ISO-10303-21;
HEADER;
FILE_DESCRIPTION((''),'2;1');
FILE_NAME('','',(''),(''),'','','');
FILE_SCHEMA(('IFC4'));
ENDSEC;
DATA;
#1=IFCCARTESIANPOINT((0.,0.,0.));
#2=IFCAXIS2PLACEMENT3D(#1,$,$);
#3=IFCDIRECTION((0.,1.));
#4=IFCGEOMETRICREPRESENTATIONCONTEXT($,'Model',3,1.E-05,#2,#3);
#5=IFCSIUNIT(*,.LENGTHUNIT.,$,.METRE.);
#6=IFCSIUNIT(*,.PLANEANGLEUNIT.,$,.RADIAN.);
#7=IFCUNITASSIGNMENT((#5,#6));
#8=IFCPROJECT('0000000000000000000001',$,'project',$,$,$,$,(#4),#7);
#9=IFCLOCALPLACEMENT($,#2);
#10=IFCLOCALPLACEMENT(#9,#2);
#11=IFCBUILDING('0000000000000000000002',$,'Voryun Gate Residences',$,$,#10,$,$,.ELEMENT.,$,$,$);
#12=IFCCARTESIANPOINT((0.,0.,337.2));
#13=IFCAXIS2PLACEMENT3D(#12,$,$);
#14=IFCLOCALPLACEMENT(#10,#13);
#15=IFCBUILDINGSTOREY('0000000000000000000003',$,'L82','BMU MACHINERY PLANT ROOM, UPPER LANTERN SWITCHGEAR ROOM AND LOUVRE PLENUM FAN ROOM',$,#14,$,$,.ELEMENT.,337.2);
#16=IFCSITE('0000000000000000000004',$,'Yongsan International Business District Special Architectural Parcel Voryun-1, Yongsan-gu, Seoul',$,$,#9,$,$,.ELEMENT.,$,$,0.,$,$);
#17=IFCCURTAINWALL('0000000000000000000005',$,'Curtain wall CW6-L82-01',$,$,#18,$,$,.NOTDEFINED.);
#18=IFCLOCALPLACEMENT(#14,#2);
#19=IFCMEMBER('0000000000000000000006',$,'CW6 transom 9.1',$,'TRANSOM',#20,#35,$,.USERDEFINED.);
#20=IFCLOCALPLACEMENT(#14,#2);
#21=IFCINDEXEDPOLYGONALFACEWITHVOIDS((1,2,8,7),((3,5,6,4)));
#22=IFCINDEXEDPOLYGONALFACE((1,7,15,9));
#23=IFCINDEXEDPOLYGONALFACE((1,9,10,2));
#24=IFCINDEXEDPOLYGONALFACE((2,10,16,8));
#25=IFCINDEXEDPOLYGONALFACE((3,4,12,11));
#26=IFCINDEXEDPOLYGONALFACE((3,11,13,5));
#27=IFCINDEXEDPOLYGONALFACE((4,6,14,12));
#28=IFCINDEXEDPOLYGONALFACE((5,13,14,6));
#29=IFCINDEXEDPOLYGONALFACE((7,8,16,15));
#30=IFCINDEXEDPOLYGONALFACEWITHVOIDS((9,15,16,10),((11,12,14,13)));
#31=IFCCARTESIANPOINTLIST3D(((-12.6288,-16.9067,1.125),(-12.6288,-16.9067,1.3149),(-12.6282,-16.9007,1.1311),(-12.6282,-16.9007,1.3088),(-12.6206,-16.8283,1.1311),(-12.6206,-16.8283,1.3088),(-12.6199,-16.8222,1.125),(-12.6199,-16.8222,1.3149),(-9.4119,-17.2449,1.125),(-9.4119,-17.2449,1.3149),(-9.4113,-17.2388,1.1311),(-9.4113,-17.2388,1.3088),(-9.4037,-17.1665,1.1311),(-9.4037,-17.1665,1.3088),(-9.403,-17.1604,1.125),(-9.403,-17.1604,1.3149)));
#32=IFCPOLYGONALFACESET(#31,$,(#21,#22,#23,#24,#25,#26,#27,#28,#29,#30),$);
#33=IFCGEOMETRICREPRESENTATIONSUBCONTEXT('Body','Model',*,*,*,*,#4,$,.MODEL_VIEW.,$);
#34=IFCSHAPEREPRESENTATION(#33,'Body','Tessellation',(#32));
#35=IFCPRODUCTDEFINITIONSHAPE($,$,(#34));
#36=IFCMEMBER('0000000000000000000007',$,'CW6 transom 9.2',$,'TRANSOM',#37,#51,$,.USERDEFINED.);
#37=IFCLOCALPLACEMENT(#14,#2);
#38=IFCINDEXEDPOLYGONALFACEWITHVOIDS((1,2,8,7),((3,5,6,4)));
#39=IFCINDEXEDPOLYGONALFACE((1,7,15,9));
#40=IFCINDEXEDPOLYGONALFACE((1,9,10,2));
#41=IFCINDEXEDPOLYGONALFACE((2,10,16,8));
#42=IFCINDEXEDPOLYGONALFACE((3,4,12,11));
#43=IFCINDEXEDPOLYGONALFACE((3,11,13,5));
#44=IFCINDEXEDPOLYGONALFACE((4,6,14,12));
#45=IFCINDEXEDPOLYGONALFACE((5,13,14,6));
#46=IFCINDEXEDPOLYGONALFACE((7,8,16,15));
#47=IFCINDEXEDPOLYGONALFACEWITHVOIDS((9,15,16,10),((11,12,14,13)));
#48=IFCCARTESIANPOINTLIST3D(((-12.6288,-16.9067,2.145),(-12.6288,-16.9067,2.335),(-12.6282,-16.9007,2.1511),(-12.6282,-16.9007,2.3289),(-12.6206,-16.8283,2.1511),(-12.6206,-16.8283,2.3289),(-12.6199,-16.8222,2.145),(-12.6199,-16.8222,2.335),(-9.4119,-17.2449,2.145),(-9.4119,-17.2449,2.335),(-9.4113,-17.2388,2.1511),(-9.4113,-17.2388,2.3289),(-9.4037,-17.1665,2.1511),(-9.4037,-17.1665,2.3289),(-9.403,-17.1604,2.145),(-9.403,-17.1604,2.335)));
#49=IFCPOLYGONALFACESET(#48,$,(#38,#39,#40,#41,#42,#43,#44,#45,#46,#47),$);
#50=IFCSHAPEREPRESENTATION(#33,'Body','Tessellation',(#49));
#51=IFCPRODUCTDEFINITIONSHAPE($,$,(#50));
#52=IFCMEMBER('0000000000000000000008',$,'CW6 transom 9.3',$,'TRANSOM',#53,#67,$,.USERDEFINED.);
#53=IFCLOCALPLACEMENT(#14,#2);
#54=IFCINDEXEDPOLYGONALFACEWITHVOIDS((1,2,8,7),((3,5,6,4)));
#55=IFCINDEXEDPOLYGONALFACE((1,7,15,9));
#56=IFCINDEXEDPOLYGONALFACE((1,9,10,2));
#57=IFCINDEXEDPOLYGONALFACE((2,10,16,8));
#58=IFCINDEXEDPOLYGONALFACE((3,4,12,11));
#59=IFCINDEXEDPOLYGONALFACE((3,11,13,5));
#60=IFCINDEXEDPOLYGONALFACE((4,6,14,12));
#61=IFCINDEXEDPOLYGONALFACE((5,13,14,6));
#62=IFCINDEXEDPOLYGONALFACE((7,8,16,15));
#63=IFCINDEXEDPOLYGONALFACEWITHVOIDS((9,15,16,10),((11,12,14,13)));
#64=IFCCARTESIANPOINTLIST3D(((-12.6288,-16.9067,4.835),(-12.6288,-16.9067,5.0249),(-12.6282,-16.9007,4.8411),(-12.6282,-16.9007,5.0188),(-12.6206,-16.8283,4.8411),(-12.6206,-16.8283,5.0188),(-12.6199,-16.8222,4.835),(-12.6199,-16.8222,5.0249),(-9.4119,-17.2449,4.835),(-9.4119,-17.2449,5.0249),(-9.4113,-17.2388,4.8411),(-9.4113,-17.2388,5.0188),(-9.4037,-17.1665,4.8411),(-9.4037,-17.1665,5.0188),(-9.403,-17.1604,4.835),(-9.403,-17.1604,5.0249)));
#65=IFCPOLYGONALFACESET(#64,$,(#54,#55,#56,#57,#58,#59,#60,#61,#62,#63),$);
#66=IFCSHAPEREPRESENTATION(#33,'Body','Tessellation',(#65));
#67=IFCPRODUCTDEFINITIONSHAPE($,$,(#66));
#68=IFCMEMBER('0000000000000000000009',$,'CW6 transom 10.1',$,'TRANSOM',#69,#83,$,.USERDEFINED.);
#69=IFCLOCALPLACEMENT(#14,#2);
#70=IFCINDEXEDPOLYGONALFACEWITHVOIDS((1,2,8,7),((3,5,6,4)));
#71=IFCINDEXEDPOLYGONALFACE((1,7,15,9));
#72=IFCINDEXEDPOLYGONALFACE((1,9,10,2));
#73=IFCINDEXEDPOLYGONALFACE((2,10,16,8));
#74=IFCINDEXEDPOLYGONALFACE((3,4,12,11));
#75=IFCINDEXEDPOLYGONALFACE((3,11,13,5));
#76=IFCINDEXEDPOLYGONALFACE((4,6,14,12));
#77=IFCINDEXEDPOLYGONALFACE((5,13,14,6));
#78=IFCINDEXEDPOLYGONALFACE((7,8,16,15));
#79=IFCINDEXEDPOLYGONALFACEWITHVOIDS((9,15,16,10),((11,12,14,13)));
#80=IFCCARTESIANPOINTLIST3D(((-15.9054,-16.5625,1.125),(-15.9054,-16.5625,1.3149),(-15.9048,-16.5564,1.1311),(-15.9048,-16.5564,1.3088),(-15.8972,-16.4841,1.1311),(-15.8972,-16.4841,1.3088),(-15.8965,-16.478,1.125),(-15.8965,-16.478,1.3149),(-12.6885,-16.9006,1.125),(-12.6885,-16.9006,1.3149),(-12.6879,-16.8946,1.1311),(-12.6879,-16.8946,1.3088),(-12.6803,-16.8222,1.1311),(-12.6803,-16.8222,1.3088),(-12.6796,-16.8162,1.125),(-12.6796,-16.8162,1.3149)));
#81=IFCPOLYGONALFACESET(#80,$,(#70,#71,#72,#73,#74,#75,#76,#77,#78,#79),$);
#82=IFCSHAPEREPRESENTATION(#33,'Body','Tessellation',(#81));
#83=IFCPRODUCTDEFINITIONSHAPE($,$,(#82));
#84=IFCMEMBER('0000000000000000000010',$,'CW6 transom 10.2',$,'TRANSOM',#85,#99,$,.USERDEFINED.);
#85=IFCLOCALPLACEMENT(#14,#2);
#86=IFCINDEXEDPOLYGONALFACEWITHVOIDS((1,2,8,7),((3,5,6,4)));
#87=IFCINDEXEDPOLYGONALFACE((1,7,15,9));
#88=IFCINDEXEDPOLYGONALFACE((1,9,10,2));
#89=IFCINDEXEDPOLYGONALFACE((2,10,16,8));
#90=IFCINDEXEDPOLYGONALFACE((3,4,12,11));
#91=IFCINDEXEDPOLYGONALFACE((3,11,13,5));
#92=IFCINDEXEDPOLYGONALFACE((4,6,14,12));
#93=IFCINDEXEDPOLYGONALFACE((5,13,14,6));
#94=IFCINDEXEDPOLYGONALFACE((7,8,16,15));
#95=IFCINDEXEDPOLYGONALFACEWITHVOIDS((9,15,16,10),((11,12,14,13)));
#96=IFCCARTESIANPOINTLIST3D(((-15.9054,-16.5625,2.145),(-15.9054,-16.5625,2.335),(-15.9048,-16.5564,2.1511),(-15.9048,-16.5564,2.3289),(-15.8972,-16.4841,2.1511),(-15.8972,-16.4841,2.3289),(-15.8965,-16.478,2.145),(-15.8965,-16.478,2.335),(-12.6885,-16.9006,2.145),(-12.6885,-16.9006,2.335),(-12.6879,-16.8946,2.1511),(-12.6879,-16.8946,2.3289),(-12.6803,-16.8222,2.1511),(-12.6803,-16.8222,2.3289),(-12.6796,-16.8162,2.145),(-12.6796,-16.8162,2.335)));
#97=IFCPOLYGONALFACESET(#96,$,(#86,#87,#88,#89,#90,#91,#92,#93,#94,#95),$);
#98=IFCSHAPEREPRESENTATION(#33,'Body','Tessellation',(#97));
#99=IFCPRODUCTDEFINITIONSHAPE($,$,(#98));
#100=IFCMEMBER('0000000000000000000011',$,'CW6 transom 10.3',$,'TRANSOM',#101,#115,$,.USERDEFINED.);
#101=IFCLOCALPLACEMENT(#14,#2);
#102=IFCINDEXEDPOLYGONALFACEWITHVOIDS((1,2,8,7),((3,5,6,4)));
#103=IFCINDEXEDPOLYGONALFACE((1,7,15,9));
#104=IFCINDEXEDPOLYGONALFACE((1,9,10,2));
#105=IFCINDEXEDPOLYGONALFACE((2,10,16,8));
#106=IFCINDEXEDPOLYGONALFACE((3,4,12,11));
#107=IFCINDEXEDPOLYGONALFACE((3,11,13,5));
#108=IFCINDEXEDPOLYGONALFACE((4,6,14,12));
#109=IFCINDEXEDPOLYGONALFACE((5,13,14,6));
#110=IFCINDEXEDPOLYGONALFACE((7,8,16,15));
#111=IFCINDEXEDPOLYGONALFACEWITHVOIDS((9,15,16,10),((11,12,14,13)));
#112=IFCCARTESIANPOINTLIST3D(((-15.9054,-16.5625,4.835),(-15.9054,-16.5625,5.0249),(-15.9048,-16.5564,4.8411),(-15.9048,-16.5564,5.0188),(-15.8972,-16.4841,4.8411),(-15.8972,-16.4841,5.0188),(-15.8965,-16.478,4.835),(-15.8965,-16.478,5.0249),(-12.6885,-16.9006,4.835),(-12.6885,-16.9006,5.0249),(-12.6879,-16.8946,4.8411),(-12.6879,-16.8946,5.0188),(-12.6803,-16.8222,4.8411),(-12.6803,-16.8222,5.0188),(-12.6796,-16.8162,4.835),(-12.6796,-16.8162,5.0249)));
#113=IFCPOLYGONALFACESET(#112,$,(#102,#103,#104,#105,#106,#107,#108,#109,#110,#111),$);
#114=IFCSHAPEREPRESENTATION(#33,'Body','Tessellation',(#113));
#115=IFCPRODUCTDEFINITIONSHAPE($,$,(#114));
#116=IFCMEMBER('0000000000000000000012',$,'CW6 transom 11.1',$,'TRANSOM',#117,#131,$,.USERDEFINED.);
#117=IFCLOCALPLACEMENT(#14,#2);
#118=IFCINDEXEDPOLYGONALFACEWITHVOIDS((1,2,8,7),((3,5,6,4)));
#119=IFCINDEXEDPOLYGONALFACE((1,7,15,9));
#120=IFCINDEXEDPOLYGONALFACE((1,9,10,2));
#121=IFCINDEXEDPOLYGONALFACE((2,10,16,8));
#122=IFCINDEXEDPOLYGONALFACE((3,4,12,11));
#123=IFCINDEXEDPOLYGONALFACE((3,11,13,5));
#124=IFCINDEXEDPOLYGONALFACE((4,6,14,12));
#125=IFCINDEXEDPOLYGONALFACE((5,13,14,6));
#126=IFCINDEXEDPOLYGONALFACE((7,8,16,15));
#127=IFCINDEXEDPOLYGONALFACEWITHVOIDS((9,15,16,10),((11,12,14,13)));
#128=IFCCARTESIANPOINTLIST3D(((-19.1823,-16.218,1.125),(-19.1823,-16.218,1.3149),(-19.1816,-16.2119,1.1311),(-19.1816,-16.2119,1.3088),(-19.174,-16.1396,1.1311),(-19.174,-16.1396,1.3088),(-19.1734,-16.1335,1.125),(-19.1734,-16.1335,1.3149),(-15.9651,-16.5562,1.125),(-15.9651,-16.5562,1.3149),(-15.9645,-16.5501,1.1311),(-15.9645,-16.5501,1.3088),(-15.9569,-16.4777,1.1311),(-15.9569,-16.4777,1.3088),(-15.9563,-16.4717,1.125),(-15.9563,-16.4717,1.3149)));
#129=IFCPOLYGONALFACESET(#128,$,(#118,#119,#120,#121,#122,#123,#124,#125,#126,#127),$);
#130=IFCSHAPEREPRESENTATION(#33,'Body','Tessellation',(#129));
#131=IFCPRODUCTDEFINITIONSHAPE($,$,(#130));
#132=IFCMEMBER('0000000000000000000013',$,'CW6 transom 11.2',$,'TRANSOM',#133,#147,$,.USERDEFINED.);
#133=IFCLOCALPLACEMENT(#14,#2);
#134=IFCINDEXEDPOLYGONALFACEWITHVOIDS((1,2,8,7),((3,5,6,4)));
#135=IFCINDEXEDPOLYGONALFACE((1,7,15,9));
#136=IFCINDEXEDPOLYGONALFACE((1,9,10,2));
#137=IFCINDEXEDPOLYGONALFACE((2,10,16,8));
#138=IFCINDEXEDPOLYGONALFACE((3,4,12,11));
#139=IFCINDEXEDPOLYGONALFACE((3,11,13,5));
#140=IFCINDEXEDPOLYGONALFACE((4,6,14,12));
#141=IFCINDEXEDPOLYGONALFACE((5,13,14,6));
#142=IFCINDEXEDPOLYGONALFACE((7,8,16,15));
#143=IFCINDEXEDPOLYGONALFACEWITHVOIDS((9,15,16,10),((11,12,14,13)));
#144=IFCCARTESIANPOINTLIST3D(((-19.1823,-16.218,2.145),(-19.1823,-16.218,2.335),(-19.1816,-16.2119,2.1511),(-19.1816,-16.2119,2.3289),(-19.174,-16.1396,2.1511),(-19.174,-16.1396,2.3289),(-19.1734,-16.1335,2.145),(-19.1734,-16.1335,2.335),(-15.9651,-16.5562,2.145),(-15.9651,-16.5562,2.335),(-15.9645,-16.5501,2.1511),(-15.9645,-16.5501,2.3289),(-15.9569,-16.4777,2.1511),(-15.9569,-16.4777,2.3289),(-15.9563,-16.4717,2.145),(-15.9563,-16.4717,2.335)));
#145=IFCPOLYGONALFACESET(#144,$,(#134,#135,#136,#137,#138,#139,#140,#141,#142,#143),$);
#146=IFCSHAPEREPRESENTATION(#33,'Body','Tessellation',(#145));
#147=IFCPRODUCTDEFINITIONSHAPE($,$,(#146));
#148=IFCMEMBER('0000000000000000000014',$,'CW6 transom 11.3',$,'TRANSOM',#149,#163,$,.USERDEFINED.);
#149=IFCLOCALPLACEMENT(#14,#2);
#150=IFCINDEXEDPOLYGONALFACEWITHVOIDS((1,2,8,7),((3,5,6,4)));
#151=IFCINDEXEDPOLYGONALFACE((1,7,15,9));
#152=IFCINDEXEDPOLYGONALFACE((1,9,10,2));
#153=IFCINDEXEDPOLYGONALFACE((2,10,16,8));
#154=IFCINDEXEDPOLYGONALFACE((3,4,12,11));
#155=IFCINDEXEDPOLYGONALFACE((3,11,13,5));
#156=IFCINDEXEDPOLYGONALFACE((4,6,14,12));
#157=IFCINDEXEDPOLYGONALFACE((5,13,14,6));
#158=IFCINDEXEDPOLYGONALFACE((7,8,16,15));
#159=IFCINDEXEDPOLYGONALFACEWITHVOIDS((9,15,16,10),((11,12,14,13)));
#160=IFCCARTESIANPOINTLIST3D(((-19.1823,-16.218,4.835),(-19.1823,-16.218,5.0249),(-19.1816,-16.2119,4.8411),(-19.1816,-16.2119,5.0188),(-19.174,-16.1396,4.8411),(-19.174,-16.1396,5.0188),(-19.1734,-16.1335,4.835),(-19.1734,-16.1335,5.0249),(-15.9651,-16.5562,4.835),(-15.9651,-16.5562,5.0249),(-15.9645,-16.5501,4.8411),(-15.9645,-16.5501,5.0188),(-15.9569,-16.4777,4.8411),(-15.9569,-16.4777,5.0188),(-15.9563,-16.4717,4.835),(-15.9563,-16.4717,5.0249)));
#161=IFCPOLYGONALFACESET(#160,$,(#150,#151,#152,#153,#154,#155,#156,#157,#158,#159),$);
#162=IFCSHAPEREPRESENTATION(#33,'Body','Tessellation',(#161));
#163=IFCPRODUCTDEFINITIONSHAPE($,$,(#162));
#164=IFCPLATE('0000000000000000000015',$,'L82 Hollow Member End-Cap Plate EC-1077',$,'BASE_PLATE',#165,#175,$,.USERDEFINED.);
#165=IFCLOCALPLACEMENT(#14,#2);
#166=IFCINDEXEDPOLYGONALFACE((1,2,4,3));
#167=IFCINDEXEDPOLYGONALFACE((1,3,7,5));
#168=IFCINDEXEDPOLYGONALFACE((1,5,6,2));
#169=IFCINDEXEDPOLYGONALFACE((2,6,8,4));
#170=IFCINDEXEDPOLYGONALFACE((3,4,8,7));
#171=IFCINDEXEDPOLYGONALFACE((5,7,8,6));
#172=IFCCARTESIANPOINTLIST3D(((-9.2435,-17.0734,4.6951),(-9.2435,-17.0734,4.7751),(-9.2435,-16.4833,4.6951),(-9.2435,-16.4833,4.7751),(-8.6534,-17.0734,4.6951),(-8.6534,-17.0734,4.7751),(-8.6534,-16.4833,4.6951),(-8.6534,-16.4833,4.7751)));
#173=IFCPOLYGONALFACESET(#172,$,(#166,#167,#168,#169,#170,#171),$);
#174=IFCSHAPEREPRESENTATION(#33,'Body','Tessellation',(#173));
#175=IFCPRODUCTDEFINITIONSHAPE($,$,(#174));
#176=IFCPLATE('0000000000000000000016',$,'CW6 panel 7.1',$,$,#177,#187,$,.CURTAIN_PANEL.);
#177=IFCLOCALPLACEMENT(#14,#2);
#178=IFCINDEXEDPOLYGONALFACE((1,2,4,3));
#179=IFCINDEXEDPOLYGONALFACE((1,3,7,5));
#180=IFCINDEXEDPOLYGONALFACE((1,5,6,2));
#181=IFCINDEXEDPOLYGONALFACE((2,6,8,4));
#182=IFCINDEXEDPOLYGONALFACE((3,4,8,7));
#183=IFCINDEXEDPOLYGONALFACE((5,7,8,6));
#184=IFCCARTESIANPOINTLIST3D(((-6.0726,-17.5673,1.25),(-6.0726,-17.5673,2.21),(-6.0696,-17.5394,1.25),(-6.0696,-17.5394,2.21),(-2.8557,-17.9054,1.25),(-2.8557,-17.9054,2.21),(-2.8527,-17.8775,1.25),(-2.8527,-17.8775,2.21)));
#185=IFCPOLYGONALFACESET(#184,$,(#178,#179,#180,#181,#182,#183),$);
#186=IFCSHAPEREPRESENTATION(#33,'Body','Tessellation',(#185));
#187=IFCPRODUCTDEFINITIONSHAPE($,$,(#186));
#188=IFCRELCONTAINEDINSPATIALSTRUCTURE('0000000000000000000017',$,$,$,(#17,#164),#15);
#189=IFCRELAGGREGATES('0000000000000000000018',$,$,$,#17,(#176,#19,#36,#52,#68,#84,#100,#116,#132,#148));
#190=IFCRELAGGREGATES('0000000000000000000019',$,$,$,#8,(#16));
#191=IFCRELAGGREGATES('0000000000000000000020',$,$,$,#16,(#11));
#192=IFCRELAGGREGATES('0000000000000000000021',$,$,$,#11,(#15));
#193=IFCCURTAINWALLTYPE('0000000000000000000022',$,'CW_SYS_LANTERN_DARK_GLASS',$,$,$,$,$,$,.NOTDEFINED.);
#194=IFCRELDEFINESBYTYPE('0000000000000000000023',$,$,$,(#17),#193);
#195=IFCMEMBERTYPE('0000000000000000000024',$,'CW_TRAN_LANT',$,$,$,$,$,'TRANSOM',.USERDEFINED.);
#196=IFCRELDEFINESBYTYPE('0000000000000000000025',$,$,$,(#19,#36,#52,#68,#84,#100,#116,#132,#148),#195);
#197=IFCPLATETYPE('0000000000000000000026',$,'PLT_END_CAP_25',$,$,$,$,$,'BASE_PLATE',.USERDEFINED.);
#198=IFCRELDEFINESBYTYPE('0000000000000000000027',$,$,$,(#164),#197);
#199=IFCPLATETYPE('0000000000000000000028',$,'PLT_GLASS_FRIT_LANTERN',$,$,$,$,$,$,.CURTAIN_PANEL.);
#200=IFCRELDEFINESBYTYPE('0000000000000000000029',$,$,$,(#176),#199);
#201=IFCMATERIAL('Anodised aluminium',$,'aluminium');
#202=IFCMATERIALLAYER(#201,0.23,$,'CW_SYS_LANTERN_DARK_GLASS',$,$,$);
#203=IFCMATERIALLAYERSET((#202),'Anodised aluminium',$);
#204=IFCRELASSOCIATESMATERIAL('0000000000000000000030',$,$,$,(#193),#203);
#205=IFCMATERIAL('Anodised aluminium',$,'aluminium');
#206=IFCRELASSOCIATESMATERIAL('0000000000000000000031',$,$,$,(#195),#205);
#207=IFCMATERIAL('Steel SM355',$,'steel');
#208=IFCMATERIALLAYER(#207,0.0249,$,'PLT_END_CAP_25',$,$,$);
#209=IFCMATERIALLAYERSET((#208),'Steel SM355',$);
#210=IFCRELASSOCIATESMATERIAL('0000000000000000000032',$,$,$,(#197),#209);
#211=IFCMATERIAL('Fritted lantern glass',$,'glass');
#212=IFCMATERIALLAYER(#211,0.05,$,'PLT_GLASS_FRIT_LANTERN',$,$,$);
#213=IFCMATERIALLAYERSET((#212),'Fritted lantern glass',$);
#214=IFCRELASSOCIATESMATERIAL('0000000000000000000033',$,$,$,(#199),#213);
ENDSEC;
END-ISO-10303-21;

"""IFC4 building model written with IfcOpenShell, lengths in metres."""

from ifc_helpers import new_model, si_unit, direction, frame, origin, origin_2d, place, context, subcontext, project, spatial, rectangle, hollow_rectangle, extrude, material, layer, layer_set, material_profile, profile_set, type_object, element, aggregate, save


model = new_model("IFC4")

# Units and contexts
model_context = context("Model", 3, precision=1e-05, world=origin(), true_north=direction((0.0, 1.0)))
body_context = subcontext(model_context, "Body", "Model", "MODEL_VIEW")
ifc_project = project(units=[si_unit("LENGTHUNIT", "METRE"), si_unit("PLANEANGLEUNIT", "RADIAN")], contexts=[model_context])

# Site, building, storey
site_placement = place(None, origin())
site = spatial("IfcSite", under=ifc_project, at=site_placement, Name="Yongsan International Business District Special Architectural Parcel Voryun-1, Yongsan-gu, Seoul", CompositionType="ELEMENT", RefElevation=0.0)
building_placement = place(site_placement, origin())
building = spatial("IfcBuilding", under=site, at=building_placement, Name="Voryun Gate Residences", CompositionType="ELEMENT")
storey_placement = place(building_placement, frame((0.0, 0.0, 337.2)))
storey = spatial("IfcBuildingStorey", under=building, at=storey_placement, Name="L82", Description="BMU MACHINERY PLANT ROOM, UPPER LANTERN SWITCHGEAR ROOM AND LOUVRE PLENUM FAN ROOM", CompositionType="ELEMENT", Elevation=337.2)

# Curtain wall, members
ifc_material_1 = material(Name="Anodised aluminium", Category="aluminium")
ifc_layer_1 = layer(ifc_material_1, 0.23, Name="CW_SYS_LANTERN_DARK_GLASS")
ifc_layer_set_1 = layer_set([ifc_layer_1], Name="Anodised aluminium")
curtain_wall_type = type_object("IfcCurtainWallType", Name="CW_SYS_LANTERN_DARK_GLASS", PredefinedType="NOTDEFINED", material=ifc_layer_set_1)
curtain_wall_placement = place(storey_placement, origin())
curtain_wall = element("IfcCurtainWall", 1, at=curtain_wall_placement, inside=storey, type_object=curtain_wall_type, Name="Curtain wall CW6-L82-01", PredefinedType="NOTDEFINED")
ifc_material_2 = material(Name="Anodised aluminium", Category="aluminium")
ifc_material_profile_1 = material_profile(ifc_material_2, hollow_rectangle(XDim=0.085, YDim=0.1899, WallThickness=0.0061, at=origin_2d()), Name="ALU-TRAN-190x85x6")
ifc_profile_set_1 = profile_set([ifc_material_profile_1], Name="Anodised aluminium")
member_type_1 = type_object("IfcMemberType", Name="CW_TRAN_LANT", ElementType="TRANSOM", PredefinedType="USERDEFINED", material=ifc_profile_set_1)
member_1_placement = place(storey_placement, frame((-9.4075, -17.2026, 1.22), z_axis=(-0.994521, 0.104539, 0.0), x_axis=(-0.104539, -0.994521, 0.0)))
member_1 = element("IfcMember", 2, at=member_1_placement, type_object=member_type_1, Name="CW6 transom 9.1", ObjectType="TRANSOM", PredefinedType="USERDEFINED", context=body_context, shape_type="SweptSolid", body=[
    extrude(hollow_rectangle(XDim=0.085, YDim=0.1899, WallThickness=0.0061, at=origin_2d()), origin(), (0.0, 0.0, 1.0), 3.2346),
])
member_2_placement = place(storey_placement, frame((-9.4075, -17.2026, 2.24), z_axis=(-0.994521, 0.104539, 0.0), x_axis=(-0.104539, -0.994521, 0.0)))
member_2 = element("IfcMember", 3, at=member_2_placement, type_object=member_type_1, Name="CW6 transom 9.2", ObjectType="TRANSOM", PredefinedType="USERDEFINED", context=body_context, shape_type="SweptSolid", body=[
    extrude(hollow_rectangle(XDim=0.085, YDim=0.1899, WallThickness=0.0061, at=origin_2d()), origin(), (0.0, 0.0, 1.0), 3.2346),
])
member_3_placement = place(storey_placement, frame((-9.4075, -17.2026, 4.9299), z_axis=(-0.994521, 0.104539, 0.0), x_axis=(-0.104539, -0.994521, 0.0)))
member_3 = element("IfcMember", 4, at=member_3_placement, type_object=member_type_1, Name="CW6 transom 9.3", ObjectType="TRANSOM", PredefinedType="USERDEFINED", context=body_context, shape_type="SweptSolid", body=[
    extrude(hollow_rectangle(XDim=0.085, YDim=0.1899, WallThickness=0.0061, at=origin_2d()), origin(), (0.0, 0.0, 1.0), 3.2346),
])
member_4_placement = place(storey_placement, frame((-12.6841, -16.8584, 1.22), z_axis=(-0.994521, 0.104539, 0.0), x_axis=(-0.104539, -0.994521, 0.0)))
member_4 = element("IfcMember", 5, at=member_4_placement, type_object=member_type_1, Name="CW6 transom 10.1", ObjectType="TRANSOM", PredefinedType="USERDEFINED", context=body_context, shape_type="SweptSolid", body=[
    extrude(hollow_rectangle(XDim=0.085, YDim=0.1899, WallThickness=0.0061, at=origin_2d()), origin(), (0.0, 0.0, 1.0), 3.2346),
])
member_5_placement = place(storey_placement, frame((-12.6841, -16.8584, 2.24), z_axis=(-0.994521, 0.104539, 0.0), x_axis=(-0.104539, -0.994521, 0.0)))
member_5 = element("IfcMember", 6, at=member_5_placement, type_object=member_type_1, Name="CW6 transom 10.2", ObjectType="TRANSOM", PredefinedType="USERDEFINED", context=body_context, shape_type="SweptSolid", body=[
    extrude(hollow_rectangle(XDim=0.085, YDim=0.1899, WallThickness=0.0061, at=origin_2d()), origin(), (0.0, 0.0, 1.0), 3.2346),
])
member_6_placement = place(storey_placement, frame((-12.6841, -16.8584, 4.9299), z_axis=(-0.994521, 0.104539, 0.0), x_axis=(-0.104539, -0.994521, 0.0)))
member_6 = element("IfcMember", 7, at=member_6_placement, type_object=member_type_1, Name="CW6 transom 10.3", ObjectType="TRANSOM", PredefinedType="USERDEFINED", context=body_context, shape_type="SweptSolid", body=[
    extrude(hollow_rectangle(XDim=0.085, YDim=0.1899, WallThickness=0.0061, at=origin_2d()), origin(), (0.0, 0.0, 1.0), 3.2346),
])
member_7_placement = place(storey_placement, frame((-15.9607, -16.5139, 1.22), z_axis=(-0.994522, 0.104532, 0.0), x_axis=(-0.104532, -0.994522, 0.0)))
member_7 = element("IfcMember", 8, at=member_7_placement, type_object=member_type_1, Name="CW6 transom 11.1", ObjectType="TRANSOM", PredefinedType="USERDEFINED", context=body_context, shape_type="SweptSolid", body=[
    extrude(hollow_rectangle(XDim=0.085, YDim=0.1899, WallThickness=0.0061, at=origin_2d()), origin(), (0.0, 0.0, 1.0), 3.2349),
])
member_8_placement = place(storey_placement, frame((-15.9607, -16.5139, 2.24), z_axis=(-0.994522, 0.104532, 0.0), x_axis=(-0.104532, -0.994522, 0.0)))
member_8 = element("IfcMember", 9, at=member_8_placement, type_object=member_type_1, Name="CW6 transom 11.2", ObjectType="TRANSOM", PredefinedType="USERDEFINED", context=body_context, shape_type="SweptSolid", body=[
    extrude(hollow_rectangle(XDim=0.085, YDim=0.1899, WallThickness=0.0061, at=origin_2d()), origin(), (0.0, 0.0, 1.0), 3.2349),
])
member_9_placement = place(storey_placement, frame((-15.9607, -16.5139, 4.9299), z_axis=(-0.994522, 0.104532, 0.0), x_axis=(-0.104532, -0.994522, 0.0)))
member_9 = element("IfcMember", 10, at=member_9_placement, type_object=member_type_1, Name="CW6 transom 11.3", ObjectType="TRANSOM", PredefinedType="USERDEFINED", context=body_context, shape_type="SweptSolid", body=[
    extrude(hollow_rectangle(XDim=0.085, YDim=0.1899, WallThickness=0.0061, at=origin_2d()), origin(), (0.0, 0.0, 1.0), 3.2349),
])

# Plates
ifc_material_3 = material(Name="Steel SM355", Category="steel")
ifc_layer_2 = layer(ifc_material_3, 0.0249, Name="PLT_END_CAP_25")
ifc_layer_set_2 = layer_set([ifc_layer_2], Name="Steel SM355")
plate_type_1 = type_object("IfcPlateType", Name="PLT_END_CAP_25", ElementType="BASE_PLATE", PredefinedType="USERDEFINED", material=ifc_layer_set_2)
plate_1_placement = place(storey_placement, frame((-8.9485, -16.7783, 4.6951), z_axis=(0.0, 0.0, 1.0), x_axis=(1.0, 0.0, 0.0)))
element("IfcPlate", 11, at=plate_1_placement, inside=storey, type_object=plate_type_1, Name="L82 Hollow Member End-Cap Plate EC-1077", ObjectType="BASE_PLATE", PredefinedType="USERDEFINED", context=body_context, shape_type="SweptSolid", body=[
    extrude(rectangle(XDim=0.5901, YDim=0.5901, at=origin_2d()), origin(), (0.0, 0.0, 1.0), 0.0801),
])
ifc_material_4 = material(Name="Fritted lantern glass", Category="glass")
ifc_layer_3 = layer(ifc_material_4, 0.05, Name="PLT_GLASS_FRIT_LANTERN")
ifc_layer_set_3 = layer_set([ifc_layer_3], Name="Fritted lantern glass")
plate_type_2 = type_object("IfcPlateType", Name="PLT_GLASS_FRIT_LANTERN", PredefinedType="CURTAIN_PANEL", material=ifc_layer_set_3)
plate_2_placement = place(storey_placement, frame((-4.4626, -17.7224, 1.25), z_axis=(0.0, 0.0, 1.0), x_axis=(-0.994522, 0.104528, 0.0)))
plate_2 = element("IfcPlate", 12, at=plate_2_placement, type_object=plate_type_2, Name="CW6 panel 7.1", PredefinedType="CURTAIN_PANEL", context=body_context, shape_type="SweptSolid", body=[
    extrude(rectangle(XDim=3.2346, YDim=0.0281, at=origin_2d()), origin(), (0.0, 0.0, 1.0), 0.96),
])
aggregate(curtain_wall, [plate_2, member_1, member_2, member_3, member_4, member_5, member_6, member_7, member_8, member_9])

save(model, "model.ifc")
